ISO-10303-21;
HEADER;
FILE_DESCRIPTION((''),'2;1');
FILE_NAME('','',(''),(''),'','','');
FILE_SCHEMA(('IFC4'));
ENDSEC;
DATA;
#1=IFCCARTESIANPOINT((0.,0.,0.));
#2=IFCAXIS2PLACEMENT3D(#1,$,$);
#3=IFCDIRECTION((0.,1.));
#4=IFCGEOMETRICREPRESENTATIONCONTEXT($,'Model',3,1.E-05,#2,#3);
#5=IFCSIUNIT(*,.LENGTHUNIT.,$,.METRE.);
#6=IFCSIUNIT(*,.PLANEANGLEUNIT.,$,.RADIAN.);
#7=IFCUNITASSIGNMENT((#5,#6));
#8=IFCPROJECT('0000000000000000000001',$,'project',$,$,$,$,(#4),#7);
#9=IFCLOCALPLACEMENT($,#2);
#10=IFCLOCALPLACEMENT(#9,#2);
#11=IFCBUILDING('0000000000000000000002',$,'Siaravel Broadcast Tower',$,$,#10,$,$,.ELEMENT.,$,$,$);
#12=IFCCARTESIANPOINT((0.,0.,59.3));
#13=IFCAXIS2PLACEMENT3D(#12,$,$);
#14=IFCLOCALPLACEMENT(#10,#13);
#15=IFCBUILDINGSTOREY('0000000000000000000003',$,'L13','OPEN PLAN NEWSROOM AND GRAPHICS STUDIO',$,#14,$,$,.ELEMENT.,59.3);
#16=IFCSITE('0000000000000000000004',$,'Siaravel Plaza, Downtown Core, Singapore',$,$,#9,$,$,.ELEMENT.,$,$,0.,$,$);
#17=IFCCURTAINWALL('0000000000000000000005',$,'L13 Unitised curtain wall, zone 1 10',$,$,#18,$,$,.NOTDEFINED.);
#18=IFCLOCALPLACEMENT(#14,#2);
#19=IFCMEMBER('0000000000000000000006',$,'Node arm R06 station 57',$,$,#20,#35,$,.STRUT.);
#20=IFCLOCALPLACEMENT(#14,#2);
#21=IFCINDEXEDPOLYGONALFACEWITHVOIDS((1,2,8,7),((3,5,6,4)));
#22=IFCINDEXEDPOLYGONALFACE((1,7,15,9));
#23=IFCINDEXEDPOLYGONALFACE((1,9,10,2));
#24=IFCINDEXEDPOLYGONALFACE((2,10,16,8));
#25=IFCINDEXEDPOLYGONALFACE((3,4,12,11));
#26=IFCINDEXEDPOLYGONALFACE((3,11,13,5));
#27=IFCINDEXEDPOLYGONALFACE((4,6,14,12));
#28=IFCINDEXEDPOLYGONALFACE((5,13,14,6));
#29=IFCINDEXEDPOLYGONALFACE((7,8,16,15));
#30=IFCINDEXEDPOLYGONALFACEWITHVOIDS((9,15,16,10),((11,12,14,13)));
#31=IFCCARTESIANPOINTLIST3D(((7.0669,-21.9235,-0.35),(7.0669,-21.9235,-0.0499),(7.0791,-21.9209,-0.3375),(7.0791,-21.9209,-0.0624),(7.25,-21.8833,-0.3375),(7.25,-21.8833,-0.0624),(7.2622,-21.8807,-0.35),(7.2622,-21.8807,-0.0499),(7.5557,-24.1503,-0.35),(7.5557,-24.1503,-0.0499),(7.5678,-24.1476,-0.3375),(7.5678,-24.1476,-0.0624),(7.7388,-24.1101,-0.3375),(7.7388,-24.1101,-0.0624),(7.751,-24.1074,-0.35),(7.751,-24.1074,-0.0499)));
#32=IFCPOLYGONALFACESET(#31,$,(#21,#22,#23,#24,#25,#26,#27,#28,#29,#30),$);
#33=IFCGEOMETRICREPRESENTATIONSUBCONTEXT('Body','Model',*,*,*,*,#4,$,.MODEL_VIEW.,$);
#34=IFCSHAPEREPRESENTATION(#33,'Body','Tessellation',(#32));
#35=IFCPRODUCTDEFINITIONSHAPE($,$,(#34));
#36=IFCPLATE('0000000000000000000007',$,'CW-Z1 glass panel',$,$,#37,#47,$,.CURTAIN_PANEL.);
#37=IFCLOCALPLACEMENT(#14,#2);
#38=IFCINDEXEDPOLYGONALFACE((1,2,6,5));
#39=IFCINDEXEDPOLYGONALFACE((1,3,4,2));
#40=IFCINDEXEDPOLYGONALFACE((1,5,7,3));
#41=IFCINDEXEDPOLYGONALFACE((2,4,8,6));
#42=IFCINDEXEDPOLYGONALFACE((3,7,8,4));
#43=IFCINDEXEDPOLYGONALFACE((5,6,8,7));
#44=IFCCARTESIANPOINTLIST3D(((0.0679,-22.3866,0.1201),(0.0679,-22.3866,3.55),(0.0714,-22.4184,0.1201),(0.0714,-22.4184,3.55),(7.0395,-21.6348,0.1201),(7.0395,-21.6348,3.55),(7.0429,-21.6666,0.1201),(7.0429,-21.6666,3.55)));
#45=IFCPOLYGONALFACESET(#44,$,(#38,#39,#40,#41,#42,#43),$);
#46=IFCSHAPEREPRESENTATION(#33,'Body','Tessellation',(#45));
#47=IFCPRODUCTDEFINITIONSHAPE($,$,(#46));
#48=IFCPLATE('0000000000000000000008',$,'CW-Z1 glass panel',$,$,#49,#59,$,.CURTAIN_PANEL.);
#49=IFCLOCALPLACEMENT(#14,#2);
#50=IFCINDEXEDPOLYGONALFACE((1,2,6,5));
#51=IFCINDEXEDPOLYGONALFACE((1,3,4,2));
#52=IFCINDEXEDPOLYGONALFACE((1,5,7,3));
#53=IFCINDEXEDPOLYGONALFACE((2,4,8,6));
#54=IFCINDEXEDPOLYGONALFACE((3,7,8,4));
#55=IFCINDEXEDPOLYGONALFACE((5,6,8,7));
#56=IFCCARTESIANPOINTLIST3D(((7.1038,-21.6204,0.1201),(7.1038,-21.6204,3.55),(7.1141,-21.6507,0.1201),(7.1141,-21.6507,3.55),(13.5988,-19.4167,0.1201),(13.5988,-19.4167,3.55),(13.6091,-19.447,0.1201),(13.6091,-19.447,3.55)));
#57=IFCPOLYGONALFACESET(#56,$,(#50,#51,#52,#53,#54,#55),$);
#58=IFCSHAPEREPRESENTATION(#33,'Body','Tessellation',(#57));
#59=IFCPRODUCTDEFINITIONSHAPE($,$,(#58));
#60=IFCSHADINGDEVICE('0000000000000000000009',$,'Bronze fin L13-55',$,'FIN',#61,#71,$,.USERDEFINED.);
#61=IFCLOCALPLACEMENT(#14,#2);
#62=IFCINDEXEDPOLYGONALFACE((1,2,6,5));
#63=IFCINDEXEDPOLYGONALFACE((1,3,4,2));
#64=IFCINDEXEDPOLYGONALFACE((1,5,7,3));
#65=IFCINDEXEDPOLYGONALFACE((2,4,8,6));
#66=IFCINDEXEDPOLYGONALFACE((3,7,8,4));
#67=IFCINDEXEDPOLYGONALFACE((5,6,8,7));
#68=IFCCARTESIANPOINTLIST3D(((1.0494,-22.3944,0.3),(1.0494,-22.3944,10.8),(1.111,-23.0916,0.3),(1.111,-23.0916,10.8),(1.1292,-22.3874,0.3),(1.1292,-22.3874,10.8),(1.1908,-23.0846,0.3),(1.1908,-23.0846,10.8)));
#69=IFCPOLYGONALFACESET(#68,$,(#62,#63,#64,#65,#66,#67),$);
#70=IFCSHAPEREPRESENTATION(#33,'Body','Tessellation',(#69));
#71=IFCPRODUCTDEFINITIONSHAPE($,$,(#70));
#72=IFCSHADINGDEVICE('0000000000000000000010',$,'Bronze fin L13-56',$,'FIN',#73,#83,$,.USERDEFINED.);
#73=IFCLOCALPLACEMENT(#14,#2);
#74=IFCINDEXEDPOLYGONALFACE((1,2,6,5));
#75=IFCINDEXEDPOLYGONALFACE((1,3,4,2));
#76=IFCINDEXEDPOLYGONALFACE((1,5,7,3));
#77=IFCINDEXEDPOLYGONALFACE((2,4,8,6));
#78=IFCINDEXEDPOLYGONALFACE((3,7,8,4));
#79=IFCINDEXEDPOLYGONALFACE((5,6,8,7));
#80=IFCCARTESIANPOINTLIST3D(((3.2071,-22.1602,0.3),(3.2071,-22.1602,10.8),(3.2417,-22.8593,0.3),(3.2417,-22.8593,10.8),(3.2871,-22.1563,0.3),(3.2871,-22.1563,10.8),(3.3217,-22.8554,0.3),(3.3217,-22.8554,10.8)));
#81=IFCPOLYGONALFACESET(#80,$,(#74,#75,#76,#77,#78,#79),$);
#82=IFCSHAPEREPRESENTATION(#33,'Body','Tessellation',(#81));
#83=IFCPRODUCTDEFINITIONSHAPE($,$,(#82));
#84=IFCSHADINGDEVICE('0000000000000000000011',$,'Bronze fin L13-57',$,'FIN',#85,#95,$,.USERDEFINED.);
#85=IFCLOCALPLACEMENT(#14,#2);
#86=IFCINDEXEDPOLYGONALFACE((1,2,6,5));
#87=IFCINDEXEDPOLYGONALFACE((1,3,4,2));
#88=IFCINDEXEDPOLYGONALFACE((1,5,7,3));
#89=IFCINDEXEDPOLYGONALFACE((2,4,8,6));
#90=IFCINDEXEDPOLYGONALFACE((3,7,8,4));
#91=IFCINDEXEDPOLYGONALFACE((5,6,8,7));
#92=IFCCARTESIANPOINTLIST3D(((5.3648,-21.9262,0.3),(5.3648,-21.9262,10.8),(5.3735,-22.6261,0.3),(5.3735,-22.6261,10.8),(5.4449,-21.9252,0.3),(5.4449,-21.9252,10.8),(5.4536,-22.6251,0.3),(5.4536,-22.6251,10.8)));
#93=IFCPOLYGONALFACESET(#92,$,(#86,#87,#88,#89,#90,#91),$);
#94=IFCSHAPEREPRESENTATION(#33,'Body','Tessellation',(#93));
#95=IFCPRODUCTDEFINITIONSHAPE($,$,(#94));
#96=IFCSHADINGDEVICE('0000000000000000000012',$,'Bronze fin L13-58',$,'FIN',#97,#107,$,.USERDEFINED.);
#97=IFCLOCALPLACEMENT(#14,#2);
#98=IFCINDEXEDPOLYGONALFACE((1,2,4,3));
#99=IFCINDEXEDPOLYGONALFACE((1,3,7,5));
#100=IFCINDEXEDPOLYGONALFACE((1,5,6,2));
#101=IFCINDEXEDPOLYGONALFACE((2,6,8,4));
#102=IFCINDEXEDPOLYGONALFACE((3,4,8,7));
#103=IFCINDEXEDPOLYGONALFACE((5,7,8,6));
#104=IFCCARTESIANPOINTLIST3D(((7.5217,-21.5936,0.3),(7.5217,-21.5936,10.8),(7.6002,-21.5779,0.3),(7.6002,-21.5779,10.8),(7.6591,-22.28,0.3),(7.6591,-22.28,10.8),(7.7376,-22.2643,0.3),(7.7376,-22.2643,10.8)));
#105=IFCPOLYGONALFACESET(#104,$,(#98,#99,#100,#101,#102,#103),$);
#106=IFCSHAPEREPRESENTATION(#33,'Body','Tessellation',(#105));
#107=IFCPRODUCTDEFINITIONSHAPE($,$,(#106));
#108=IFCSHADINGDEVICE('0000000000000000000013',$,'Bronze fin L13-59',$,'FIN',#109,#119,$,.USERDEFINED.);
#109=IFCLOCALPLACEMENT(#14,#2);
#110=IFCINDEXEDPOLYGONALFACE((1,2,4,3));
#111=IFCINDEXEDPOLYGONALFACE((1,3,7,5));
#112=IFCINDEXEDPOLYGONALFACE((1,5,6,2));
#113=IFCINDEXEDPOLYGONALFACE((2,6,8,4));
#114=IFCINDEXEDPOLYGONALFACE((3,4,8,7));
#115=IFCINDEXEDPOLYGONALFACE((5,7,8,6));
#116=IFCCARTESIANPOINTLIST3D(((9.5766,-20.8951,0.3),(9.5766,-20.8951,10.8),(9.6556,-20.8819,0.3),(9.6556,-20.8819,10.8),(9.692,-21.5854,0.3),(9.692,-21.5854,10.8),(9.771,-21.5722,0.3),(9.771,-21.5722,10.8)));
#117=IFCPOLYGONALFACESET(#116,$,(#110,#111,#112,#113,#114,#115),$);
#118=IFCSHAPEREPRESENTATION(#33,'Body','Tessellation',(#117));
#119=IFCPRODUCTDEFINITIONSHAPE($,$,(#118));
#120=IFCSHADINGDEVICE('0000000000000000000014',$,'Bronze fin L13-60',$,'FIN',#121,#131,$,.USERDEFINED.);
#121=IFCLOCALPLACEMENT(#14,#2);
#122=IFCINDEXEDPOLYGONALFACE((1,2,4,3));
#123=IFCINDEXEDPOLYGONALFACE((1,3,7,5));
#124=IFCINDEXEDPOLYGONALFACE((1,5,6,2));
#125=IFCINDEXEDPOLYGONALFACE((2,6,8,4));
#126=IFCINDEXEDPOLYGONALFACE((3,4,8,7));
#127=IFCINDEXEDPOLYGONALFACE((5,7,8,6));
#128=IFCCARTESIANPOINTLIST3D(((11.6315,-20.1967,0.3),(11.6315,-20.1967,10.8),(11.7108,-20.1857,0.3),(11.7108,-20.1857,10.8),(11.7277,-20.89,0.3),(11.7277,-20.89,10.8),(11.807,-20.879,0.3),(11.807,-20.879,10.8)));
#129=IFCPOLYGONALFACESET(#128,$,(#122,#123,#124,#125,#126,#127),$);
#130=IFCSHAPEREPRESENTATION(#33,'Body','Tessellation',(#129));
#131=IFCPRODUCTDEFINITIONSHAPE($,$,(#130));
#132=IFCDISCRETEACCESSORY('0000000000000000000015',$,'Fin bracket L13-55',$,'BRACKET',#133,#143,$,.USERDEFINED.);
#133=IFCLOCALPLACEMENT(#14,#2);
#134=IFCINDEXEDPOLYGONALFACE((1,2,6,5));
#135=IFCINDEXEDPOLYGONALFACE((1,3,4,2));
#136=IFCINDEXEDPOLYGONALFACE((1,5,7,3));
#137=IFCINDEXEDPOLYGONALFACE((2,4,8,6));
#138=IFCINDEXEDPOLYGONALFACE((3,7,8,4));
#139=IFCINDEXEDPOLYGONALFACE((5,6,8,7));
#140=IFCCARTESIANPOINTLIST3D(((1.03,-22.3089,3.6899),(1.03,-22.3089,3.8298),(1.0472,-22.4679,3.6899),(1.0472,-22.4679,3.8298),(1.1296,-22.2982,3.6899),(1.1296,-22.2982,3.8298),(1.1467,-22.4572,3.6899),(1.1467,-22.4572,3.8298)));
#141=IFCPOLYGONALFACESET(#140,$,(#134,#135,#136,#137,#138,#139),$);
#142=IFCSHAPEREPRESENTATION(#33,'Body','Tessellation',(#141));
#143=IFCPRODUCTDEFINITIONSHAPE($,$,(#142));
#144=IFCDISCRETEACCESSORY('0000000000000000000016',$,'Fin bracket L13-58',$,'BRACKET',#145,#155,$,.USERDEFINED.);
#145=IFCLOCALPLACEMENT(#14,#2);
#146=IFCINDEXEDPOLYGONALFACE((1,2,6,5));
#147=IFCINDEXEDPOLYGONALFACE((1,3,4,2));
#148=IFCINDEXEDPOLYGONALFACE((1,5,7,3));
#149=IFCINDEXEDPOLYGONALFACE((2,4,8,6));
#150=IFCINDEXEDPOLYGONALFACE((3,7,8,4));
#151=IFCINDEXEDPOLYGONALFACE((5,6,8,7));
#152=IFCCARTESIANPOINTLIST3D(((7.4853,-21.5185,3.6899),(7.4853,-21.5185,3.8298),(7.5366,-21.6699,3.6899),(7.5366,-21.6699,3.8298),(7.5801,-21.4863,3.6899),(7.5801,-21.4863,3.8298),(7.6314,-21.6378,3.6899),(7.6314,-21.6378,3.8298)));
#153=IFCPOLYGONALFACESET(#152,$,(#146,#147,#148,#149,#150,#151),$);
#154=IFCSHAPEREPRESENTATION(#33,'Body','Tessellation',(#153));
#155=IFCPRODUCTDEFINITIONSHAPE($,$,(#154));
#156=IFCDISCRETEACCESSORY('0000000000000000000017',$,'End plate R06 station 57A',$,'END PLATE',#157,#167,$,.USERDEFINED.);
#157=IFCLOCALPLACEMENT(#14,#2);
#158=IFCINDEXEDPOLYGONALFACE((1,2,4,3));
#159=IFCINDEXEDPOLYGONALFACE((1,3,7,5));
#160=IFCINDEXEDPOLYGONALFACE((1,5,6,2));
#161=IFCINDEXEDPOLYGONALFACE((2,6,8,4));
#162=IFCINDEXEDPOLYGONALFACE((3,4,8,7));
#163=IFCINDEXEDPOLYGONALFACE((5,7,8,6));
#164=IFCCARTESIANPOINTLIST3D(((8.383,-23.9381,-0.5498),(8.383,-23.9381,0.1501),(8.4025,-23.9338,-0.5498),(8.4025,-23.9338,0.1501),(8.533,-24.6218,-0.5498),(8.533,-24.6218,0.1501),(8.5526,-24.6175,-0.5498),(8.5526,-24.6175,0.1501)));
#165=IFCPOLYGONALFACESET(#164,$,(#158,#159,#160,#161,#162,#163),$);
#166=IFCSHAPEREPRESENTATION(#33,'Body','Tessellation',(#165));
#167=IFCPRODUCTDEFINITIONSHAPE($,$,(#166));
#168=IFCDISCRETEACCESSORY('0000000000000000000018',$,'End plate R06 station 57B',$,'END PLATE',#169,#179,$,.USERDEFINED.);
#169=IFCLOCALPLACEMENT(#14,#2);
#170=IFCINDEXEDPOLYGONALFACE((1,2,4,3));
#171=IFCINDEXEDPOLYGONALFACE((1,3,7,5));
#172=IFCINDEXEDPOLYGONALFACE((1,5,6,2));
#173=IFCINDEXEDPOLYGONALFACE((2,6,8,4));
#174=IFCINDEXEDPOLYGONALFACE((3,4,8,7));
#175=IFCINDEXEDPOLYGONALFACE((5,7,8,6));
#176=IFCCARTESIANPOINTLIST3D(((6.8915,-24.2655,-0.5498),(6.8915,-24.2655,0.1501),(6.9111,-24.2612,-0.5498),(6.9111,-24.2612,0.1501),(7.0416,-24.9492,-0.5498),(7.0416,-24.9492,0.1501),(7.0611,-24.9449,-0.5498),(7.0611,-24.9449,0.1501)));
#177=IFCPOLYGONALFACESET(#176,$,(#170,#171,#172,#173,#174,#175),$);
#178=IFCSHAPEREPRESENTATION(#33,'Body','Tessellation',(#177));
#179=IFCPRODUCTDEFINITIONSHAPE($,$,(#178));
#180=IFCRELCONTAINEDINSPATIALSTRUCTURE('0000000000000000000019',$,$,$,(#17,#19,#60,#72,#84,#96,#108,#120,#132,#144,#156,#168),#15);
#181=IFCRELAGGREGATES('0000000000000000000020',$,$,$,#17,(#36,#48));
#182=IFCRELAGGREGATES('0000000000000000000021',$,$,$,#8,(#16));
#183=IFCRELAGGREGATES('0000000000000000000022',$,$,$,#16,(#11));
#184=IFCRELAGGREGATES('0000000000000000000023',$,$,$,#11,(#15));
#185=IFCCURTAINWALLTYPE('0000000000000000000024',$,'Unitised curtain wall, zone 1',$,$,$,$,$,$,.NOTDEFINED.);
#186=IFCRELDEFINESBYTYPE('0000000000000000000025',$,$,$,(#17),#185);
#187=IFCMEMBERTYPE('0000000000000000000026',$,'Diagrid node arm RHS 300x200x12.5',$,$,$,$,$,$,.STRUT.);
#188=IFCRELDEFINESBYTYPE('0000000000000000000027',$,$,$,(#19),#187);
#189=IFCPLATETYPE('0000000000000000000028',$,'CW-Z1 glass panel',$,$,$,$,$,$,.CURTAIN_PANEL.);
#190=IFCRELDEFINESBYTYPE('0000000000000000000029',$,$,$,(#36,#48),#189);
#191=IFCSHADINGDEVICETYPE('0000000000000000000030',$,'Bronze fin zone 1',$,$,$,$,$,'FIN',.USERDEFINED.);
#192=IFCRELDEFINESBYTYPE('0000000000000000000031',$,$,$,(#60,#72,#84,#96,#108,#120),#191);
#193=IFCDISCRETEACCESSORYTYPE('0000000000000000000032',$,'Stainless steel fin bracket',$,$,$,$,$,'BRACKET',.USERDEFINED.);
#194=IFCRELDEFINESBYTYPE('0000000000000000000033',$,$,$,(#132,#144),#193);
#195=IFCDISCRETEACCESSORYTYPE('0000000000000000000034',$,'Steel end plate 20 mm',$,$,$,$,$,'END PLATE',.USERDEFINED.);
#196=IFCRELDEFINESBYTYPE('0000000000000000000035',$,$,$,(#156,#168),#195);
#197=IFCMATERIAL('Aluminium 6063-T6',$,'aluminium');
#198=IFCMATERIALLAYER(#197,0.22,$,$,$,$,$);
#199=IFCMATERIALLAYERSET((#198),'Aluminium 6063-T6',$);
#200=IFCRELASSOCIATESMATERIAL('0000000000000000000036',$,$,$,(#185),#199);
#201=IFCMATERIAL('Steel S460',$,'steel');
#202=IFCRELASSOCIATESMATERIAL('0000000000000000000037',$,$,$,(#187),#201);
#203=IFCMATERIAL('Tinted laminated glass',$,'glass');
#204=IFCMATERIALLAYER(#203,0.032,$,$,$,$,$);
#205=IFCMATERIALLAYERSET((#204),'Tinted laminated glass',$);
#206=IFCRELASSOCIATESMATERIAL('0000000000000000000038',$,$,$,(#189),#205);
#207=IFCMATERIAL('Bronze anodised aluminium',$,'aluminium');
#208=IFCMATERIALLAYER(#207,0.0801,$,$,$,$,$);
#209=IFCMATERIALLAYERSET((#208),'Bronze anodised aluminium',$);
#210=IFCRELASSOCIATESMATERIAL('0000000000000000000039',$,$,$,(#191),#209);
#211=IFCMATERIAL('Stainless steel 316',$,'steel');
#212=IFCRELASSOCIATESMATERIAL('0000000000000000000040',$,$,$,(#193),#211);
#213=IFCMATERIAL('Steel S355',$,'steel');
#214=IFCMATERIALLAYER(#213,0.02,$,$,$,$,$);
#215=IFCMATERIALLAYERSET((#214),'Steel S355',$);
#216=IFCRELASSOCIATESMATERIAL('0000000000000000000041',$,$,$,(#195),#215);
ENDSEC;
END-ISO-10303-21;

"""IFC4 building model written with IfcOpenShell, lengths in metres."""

from ifc_helpers import new_model, si_unit, direction, frame, origin, origin_2d, place, context, subcontext, project, spatial, rectangle, hollow_rectangle, extrude, material, layer, layer_set, material_profile, profile_set, type_object, element, aggregate, save


model = new_model("IFC4")

# Units and contexts
model_context = context("Model", 3, precision=1e-05, world=origin(), true_north=direction((0.0, 1.0)))
body_context = subcontext(model_context, "Body", "Model", "MODEL_VIEW")
ifc_project = project(units=[si_unit("LENGTHUNIT", "METRE"), si_unit("PLANEANGLEUNIT", "RADIAN")], contexts=[model_context])

# Site, building, storey
site_placement = place(None, origin())
site = spatial("IfcSite", under=ifc_project, at=site_placement, Name="Siaravel Plaza, Downtown Core, Singapore", CompositionType="ELEMENT", RefElevation=0.0)
building_placement = place(site_placement, origin())
building = spatial("IfcBuilding", under=site, at=building_placement, Name="Siaravel Broadcast Tower", CompositionType="ELEMENT")
storey_placement = place(building_placement, frame((0.0, 0.0, 59.3)))
storey = spatial("IfcBuildingStorey", under=building, at=storey_placement, Name="L13", Description="OPEN PLAN NEWSROOM AND GRAPHICS STUDIO", CompositionType="ELEMENT", Elevation=59.3)

# Shared definitions
ifc_material_1 = material(Name="Steel S355", Category="steel")

# Curtain wall
ifc_material_2 = material(Name="Aluminium 6063-T6", Category="aluminium")
ifc_layer_1 = layer(ifc_material_2, 0.22)
ifc_layer_set_1 = layer_set([ifc_layer_1], Name="Aluminium 6063-T6")
curtain_wall_type = type_object("IfcCurtainWallType", Name="Unitised curtain wall, zone 1", PredefinedType="NOTDEFINED", material=ifc_layer_set_1)
curtain_wall_placement = place(storey_placement, origin())
curtain_wall = element("IfcCurtainWall", 1, at=curtain_wall_placement, inside=storey, type_object=curtain_wall_type, Name="L13 Unitised curtain wall, zone 1 10", PredefinedType="NOTDEFINED")

# Member
ifc_material_3 = material(Name="Steel S460", Category="steel")
ifc_material_profile_1 = material_profile(ifc_material_3, hollow_rectangle(XDim=0.2, YDim=0.3, WallThickness=0.0125, at=origin_2d()))
ifc_profile_set_1 = profile_set([ifc_material_profile_1], Name="Steel S460")
member_type_1 = type_object("IfcMemberType", Name="Diagrid node arm RHS 300x200x12.5", PredefinedType="STRUT", material=ifc_profile_set_1)
member_1_placement = place(storey_placement, frame((7.1646, -21.9021, -0.2), z_axis=(0.21439, -0.976748, 0.0), x_axis=(0.976748, 0.21439, 0.0)))
element("IfcMember", 2, at=member_1_placement, inside=storey, type_object=member_type_1, Name="Node arm R06 station 57", PredefinedType="STRUT", context=body_context, shape_type="SweptSolid", body=[
    extrude(hollow_rectangle(XDim=0.2, YDim=0.3, WallThickness=0.0125, at=origin_2d()), origin(), (0.0, 0.0, 1.0), 2.2798),
])

# Plates
ifc_material_4 = material(Name="Tinted laminated glass", Category="glass")
ifc_layer_2 = layer(ifc_material_4, 0.032)
ifc_layer_set_2 = layer_set([ifc_layer_2], Name="Tinted laminated glass")
plate_type = type_object("IfcPlateType", Name="CW-Z1 glass panel", PredefinedType="CURTAIN_PANEL", material=ifc_layer_set_2)
plate_1_placement = place(storey_placement, frame((3.5554, -22.0266, 0.1201), z_axis=(0.0, 0.0, 1.0), x_axis=(0.994236, 0.107217, 0.0)))
plate_1 = element("IfcPlate", 3, at=plate_1_placement, type_object=plate_type, Name="CW-Z1 glass panel", PredefinedType="CURTAIN_PANEL", context=body_context, shape_type="SweptSolid", body=[
    extrude(rectangle(XDim=7.012, YDim=0.032, at=origin_2d()), origin(), (0.0, 0.0, 1.0), 3.4299),
])
plate_2_placement = place(storey_placement, frame((10.3564, -20.5337, 0.1201), z_axis=(0.0, 0.0, 1.0), x_axis=(0.946978, 0.3213, 0.0)))
plate_2 = element("IfcPlate", 4, at=plate_2_placement, type_object=plate_type, Name="CW-Z1 glass panel", PredefinedType="CURTAIN_PANEL", context=body_context, shape_type="SweptSolid", body=[
    extrude(rectangle(XDim=6.8586, YDim=0.032, at=origin_2d()), origin(), (0.0, 0.0, 1.0), 3.4299),
])
aggregate(curtain_wall, [plate_1, plate_2])

# Shading devices
ifc_material_5 = material(Name="Bronze anodised aluminium", Category="aluminium")
ifc_layer_3 = layer(ifc_material_5, 0.0801)
ifc_layer_set_3 = layer_set([ifc_layer_3], Name="Bronze anodised aluminium")
shading_device_type = type_object("IfcShadingDeviceType", Name="Bronze fin zone 1", ElementType="FIN", PredefinedType="USERDEFINED", material=ifc_layer_set_3)
for number, where, z_axis, x_axis, name in (
    (5, (1.1201, -22.7395, 0.3), (0.0, 0.0, 1.0), (0.087969, -0.996123, 0.0), "Bronze fin L13-55"),
    (6, (3.2644, -22.5078, 0.3), (0.0, 0.0, 1.0), (0.049512, -0.998774, 0.0), "Bronze fin L13-56"),
    (7, (5.4092, -22.2756, 0.3), (0.0, 0.0, 1.0), (0.012395, -0.999923, 0.0), "Bronze fin L13-57"),
    (8, (7.6296, -21.929, 0.3), (0.0, 0.0, 1.0), (0.196258, -0.980552, 0.0), "Bronze fin L13-58"),
    (9, (9.6738, -21.2336, 0.3), (0.0, 0.0, 1.0), (0.164867, -0.986316, 0.0), "Bronze fin L13-59"),
    (10, (11.7192, -20.5378, 0.3), (0.0, 0.0, 1.0), (0.137426, -0.990512, 0.0), "Bronze fin L13-60"),
):
    element("IfcShadingDevice", number, at=place(storey_placement, frame(where, z_axis=z_axis, x_axis=x_axis)), inside=storey, type_object=shading_device_type, Name=name, ObjectType="FIN", PredefinedType="USERDEFINED", context=body_context, shape_type="SweptSolid", body=[
        extrude(rectangle(XDim=0.7, YDim=0.0801, at=origin_2d()), origin(), (0.0, 0.0, 1.0), 10.5),
    ])

# Discrete accessories
ifc_material_6 = material(Name="Stainless steel 316", Category="steel")
discrete_accessory_type_1 = type_object("IfcDiscreteAccessoryType", Name="Stainless steel fin bracket", ElementType="BRACKET", PredefinedType="USERDEFINED", material=ifc_material_6)
for number, where, z_axis, x_axis, name in (
    (11, (1.0884, -22.3831, 3.6899), (0.0, 0.0, 1.0), (0.107217, -0.994236, 0.0), "Fin bracket L13-55"),
    (12, (7.5583, -21.5781, 3.6899), (0.0, 0.0, 1.0), (0.321299, -0.946978, 0.0), "Fin bracket L13-58"),
):
    element("IfcDiscreteAccessory", number, at=place(storey_placement, frame(where, z_axis=z_axis, x_axis=x_axis)), inside=storey, type_object=discrete_accessory_type_1, Name=name, ObjectType="BRACKET", PredefinedType="USERDEFINED", context=body_context, shape_type="SweptSolid", body=[
        extrude(rectangle(XDim=0.1599, YDim=0.1001, at=origin_2d()), origin(), (0.0, 0.0, 1.0), 0.1399),
    ])
ifc_layer_4 = layer(ifc_material_1, 0.02)
ifc_layer_set_4 = layer_set([ifc_layer_4], Name="Steel S355")
discrete_accessory_type_2 = type_object("IfcDiscreteAccessoryType", Name="Steel end plate 20 mm", ElementType="END PLATE", PredefinedType="USERDEFINED", material=ifc_layer_set_4)
for number, where, z_axis, x_axis, name in (
    (13, (8.4678, -24.2778, -0.5498), (0.0, 0.0, 1.0), (0.976751, 0.214377, 0.0), "End plate R06 station 57A"),
    (14, (6.9763, -24.6052, -0.5498), (0.0, 0.0, 1.0), (0.976751, 0.214377, 0.0), "End plate R06 station 57B"),
):
    element("IfcDiscreteAccessory", number, at=place(storey_placement, frame(where, z_axis=z_axis, x_axis=x_axis)), inside=storey, type_object=discrete_accessory_type_2, Name=name, ObjectType="END PLATE", PredefinedType="USERDEFINED", context=body_context, shape_type="SweptSolid", body=[
        extrude(rectangle(XDim=0.02, YDim=0.7, at=origin_2d()), origin(), (0.0, 0.0, 1.0), 0.7),
    ])

save(model, "model.ifc")
